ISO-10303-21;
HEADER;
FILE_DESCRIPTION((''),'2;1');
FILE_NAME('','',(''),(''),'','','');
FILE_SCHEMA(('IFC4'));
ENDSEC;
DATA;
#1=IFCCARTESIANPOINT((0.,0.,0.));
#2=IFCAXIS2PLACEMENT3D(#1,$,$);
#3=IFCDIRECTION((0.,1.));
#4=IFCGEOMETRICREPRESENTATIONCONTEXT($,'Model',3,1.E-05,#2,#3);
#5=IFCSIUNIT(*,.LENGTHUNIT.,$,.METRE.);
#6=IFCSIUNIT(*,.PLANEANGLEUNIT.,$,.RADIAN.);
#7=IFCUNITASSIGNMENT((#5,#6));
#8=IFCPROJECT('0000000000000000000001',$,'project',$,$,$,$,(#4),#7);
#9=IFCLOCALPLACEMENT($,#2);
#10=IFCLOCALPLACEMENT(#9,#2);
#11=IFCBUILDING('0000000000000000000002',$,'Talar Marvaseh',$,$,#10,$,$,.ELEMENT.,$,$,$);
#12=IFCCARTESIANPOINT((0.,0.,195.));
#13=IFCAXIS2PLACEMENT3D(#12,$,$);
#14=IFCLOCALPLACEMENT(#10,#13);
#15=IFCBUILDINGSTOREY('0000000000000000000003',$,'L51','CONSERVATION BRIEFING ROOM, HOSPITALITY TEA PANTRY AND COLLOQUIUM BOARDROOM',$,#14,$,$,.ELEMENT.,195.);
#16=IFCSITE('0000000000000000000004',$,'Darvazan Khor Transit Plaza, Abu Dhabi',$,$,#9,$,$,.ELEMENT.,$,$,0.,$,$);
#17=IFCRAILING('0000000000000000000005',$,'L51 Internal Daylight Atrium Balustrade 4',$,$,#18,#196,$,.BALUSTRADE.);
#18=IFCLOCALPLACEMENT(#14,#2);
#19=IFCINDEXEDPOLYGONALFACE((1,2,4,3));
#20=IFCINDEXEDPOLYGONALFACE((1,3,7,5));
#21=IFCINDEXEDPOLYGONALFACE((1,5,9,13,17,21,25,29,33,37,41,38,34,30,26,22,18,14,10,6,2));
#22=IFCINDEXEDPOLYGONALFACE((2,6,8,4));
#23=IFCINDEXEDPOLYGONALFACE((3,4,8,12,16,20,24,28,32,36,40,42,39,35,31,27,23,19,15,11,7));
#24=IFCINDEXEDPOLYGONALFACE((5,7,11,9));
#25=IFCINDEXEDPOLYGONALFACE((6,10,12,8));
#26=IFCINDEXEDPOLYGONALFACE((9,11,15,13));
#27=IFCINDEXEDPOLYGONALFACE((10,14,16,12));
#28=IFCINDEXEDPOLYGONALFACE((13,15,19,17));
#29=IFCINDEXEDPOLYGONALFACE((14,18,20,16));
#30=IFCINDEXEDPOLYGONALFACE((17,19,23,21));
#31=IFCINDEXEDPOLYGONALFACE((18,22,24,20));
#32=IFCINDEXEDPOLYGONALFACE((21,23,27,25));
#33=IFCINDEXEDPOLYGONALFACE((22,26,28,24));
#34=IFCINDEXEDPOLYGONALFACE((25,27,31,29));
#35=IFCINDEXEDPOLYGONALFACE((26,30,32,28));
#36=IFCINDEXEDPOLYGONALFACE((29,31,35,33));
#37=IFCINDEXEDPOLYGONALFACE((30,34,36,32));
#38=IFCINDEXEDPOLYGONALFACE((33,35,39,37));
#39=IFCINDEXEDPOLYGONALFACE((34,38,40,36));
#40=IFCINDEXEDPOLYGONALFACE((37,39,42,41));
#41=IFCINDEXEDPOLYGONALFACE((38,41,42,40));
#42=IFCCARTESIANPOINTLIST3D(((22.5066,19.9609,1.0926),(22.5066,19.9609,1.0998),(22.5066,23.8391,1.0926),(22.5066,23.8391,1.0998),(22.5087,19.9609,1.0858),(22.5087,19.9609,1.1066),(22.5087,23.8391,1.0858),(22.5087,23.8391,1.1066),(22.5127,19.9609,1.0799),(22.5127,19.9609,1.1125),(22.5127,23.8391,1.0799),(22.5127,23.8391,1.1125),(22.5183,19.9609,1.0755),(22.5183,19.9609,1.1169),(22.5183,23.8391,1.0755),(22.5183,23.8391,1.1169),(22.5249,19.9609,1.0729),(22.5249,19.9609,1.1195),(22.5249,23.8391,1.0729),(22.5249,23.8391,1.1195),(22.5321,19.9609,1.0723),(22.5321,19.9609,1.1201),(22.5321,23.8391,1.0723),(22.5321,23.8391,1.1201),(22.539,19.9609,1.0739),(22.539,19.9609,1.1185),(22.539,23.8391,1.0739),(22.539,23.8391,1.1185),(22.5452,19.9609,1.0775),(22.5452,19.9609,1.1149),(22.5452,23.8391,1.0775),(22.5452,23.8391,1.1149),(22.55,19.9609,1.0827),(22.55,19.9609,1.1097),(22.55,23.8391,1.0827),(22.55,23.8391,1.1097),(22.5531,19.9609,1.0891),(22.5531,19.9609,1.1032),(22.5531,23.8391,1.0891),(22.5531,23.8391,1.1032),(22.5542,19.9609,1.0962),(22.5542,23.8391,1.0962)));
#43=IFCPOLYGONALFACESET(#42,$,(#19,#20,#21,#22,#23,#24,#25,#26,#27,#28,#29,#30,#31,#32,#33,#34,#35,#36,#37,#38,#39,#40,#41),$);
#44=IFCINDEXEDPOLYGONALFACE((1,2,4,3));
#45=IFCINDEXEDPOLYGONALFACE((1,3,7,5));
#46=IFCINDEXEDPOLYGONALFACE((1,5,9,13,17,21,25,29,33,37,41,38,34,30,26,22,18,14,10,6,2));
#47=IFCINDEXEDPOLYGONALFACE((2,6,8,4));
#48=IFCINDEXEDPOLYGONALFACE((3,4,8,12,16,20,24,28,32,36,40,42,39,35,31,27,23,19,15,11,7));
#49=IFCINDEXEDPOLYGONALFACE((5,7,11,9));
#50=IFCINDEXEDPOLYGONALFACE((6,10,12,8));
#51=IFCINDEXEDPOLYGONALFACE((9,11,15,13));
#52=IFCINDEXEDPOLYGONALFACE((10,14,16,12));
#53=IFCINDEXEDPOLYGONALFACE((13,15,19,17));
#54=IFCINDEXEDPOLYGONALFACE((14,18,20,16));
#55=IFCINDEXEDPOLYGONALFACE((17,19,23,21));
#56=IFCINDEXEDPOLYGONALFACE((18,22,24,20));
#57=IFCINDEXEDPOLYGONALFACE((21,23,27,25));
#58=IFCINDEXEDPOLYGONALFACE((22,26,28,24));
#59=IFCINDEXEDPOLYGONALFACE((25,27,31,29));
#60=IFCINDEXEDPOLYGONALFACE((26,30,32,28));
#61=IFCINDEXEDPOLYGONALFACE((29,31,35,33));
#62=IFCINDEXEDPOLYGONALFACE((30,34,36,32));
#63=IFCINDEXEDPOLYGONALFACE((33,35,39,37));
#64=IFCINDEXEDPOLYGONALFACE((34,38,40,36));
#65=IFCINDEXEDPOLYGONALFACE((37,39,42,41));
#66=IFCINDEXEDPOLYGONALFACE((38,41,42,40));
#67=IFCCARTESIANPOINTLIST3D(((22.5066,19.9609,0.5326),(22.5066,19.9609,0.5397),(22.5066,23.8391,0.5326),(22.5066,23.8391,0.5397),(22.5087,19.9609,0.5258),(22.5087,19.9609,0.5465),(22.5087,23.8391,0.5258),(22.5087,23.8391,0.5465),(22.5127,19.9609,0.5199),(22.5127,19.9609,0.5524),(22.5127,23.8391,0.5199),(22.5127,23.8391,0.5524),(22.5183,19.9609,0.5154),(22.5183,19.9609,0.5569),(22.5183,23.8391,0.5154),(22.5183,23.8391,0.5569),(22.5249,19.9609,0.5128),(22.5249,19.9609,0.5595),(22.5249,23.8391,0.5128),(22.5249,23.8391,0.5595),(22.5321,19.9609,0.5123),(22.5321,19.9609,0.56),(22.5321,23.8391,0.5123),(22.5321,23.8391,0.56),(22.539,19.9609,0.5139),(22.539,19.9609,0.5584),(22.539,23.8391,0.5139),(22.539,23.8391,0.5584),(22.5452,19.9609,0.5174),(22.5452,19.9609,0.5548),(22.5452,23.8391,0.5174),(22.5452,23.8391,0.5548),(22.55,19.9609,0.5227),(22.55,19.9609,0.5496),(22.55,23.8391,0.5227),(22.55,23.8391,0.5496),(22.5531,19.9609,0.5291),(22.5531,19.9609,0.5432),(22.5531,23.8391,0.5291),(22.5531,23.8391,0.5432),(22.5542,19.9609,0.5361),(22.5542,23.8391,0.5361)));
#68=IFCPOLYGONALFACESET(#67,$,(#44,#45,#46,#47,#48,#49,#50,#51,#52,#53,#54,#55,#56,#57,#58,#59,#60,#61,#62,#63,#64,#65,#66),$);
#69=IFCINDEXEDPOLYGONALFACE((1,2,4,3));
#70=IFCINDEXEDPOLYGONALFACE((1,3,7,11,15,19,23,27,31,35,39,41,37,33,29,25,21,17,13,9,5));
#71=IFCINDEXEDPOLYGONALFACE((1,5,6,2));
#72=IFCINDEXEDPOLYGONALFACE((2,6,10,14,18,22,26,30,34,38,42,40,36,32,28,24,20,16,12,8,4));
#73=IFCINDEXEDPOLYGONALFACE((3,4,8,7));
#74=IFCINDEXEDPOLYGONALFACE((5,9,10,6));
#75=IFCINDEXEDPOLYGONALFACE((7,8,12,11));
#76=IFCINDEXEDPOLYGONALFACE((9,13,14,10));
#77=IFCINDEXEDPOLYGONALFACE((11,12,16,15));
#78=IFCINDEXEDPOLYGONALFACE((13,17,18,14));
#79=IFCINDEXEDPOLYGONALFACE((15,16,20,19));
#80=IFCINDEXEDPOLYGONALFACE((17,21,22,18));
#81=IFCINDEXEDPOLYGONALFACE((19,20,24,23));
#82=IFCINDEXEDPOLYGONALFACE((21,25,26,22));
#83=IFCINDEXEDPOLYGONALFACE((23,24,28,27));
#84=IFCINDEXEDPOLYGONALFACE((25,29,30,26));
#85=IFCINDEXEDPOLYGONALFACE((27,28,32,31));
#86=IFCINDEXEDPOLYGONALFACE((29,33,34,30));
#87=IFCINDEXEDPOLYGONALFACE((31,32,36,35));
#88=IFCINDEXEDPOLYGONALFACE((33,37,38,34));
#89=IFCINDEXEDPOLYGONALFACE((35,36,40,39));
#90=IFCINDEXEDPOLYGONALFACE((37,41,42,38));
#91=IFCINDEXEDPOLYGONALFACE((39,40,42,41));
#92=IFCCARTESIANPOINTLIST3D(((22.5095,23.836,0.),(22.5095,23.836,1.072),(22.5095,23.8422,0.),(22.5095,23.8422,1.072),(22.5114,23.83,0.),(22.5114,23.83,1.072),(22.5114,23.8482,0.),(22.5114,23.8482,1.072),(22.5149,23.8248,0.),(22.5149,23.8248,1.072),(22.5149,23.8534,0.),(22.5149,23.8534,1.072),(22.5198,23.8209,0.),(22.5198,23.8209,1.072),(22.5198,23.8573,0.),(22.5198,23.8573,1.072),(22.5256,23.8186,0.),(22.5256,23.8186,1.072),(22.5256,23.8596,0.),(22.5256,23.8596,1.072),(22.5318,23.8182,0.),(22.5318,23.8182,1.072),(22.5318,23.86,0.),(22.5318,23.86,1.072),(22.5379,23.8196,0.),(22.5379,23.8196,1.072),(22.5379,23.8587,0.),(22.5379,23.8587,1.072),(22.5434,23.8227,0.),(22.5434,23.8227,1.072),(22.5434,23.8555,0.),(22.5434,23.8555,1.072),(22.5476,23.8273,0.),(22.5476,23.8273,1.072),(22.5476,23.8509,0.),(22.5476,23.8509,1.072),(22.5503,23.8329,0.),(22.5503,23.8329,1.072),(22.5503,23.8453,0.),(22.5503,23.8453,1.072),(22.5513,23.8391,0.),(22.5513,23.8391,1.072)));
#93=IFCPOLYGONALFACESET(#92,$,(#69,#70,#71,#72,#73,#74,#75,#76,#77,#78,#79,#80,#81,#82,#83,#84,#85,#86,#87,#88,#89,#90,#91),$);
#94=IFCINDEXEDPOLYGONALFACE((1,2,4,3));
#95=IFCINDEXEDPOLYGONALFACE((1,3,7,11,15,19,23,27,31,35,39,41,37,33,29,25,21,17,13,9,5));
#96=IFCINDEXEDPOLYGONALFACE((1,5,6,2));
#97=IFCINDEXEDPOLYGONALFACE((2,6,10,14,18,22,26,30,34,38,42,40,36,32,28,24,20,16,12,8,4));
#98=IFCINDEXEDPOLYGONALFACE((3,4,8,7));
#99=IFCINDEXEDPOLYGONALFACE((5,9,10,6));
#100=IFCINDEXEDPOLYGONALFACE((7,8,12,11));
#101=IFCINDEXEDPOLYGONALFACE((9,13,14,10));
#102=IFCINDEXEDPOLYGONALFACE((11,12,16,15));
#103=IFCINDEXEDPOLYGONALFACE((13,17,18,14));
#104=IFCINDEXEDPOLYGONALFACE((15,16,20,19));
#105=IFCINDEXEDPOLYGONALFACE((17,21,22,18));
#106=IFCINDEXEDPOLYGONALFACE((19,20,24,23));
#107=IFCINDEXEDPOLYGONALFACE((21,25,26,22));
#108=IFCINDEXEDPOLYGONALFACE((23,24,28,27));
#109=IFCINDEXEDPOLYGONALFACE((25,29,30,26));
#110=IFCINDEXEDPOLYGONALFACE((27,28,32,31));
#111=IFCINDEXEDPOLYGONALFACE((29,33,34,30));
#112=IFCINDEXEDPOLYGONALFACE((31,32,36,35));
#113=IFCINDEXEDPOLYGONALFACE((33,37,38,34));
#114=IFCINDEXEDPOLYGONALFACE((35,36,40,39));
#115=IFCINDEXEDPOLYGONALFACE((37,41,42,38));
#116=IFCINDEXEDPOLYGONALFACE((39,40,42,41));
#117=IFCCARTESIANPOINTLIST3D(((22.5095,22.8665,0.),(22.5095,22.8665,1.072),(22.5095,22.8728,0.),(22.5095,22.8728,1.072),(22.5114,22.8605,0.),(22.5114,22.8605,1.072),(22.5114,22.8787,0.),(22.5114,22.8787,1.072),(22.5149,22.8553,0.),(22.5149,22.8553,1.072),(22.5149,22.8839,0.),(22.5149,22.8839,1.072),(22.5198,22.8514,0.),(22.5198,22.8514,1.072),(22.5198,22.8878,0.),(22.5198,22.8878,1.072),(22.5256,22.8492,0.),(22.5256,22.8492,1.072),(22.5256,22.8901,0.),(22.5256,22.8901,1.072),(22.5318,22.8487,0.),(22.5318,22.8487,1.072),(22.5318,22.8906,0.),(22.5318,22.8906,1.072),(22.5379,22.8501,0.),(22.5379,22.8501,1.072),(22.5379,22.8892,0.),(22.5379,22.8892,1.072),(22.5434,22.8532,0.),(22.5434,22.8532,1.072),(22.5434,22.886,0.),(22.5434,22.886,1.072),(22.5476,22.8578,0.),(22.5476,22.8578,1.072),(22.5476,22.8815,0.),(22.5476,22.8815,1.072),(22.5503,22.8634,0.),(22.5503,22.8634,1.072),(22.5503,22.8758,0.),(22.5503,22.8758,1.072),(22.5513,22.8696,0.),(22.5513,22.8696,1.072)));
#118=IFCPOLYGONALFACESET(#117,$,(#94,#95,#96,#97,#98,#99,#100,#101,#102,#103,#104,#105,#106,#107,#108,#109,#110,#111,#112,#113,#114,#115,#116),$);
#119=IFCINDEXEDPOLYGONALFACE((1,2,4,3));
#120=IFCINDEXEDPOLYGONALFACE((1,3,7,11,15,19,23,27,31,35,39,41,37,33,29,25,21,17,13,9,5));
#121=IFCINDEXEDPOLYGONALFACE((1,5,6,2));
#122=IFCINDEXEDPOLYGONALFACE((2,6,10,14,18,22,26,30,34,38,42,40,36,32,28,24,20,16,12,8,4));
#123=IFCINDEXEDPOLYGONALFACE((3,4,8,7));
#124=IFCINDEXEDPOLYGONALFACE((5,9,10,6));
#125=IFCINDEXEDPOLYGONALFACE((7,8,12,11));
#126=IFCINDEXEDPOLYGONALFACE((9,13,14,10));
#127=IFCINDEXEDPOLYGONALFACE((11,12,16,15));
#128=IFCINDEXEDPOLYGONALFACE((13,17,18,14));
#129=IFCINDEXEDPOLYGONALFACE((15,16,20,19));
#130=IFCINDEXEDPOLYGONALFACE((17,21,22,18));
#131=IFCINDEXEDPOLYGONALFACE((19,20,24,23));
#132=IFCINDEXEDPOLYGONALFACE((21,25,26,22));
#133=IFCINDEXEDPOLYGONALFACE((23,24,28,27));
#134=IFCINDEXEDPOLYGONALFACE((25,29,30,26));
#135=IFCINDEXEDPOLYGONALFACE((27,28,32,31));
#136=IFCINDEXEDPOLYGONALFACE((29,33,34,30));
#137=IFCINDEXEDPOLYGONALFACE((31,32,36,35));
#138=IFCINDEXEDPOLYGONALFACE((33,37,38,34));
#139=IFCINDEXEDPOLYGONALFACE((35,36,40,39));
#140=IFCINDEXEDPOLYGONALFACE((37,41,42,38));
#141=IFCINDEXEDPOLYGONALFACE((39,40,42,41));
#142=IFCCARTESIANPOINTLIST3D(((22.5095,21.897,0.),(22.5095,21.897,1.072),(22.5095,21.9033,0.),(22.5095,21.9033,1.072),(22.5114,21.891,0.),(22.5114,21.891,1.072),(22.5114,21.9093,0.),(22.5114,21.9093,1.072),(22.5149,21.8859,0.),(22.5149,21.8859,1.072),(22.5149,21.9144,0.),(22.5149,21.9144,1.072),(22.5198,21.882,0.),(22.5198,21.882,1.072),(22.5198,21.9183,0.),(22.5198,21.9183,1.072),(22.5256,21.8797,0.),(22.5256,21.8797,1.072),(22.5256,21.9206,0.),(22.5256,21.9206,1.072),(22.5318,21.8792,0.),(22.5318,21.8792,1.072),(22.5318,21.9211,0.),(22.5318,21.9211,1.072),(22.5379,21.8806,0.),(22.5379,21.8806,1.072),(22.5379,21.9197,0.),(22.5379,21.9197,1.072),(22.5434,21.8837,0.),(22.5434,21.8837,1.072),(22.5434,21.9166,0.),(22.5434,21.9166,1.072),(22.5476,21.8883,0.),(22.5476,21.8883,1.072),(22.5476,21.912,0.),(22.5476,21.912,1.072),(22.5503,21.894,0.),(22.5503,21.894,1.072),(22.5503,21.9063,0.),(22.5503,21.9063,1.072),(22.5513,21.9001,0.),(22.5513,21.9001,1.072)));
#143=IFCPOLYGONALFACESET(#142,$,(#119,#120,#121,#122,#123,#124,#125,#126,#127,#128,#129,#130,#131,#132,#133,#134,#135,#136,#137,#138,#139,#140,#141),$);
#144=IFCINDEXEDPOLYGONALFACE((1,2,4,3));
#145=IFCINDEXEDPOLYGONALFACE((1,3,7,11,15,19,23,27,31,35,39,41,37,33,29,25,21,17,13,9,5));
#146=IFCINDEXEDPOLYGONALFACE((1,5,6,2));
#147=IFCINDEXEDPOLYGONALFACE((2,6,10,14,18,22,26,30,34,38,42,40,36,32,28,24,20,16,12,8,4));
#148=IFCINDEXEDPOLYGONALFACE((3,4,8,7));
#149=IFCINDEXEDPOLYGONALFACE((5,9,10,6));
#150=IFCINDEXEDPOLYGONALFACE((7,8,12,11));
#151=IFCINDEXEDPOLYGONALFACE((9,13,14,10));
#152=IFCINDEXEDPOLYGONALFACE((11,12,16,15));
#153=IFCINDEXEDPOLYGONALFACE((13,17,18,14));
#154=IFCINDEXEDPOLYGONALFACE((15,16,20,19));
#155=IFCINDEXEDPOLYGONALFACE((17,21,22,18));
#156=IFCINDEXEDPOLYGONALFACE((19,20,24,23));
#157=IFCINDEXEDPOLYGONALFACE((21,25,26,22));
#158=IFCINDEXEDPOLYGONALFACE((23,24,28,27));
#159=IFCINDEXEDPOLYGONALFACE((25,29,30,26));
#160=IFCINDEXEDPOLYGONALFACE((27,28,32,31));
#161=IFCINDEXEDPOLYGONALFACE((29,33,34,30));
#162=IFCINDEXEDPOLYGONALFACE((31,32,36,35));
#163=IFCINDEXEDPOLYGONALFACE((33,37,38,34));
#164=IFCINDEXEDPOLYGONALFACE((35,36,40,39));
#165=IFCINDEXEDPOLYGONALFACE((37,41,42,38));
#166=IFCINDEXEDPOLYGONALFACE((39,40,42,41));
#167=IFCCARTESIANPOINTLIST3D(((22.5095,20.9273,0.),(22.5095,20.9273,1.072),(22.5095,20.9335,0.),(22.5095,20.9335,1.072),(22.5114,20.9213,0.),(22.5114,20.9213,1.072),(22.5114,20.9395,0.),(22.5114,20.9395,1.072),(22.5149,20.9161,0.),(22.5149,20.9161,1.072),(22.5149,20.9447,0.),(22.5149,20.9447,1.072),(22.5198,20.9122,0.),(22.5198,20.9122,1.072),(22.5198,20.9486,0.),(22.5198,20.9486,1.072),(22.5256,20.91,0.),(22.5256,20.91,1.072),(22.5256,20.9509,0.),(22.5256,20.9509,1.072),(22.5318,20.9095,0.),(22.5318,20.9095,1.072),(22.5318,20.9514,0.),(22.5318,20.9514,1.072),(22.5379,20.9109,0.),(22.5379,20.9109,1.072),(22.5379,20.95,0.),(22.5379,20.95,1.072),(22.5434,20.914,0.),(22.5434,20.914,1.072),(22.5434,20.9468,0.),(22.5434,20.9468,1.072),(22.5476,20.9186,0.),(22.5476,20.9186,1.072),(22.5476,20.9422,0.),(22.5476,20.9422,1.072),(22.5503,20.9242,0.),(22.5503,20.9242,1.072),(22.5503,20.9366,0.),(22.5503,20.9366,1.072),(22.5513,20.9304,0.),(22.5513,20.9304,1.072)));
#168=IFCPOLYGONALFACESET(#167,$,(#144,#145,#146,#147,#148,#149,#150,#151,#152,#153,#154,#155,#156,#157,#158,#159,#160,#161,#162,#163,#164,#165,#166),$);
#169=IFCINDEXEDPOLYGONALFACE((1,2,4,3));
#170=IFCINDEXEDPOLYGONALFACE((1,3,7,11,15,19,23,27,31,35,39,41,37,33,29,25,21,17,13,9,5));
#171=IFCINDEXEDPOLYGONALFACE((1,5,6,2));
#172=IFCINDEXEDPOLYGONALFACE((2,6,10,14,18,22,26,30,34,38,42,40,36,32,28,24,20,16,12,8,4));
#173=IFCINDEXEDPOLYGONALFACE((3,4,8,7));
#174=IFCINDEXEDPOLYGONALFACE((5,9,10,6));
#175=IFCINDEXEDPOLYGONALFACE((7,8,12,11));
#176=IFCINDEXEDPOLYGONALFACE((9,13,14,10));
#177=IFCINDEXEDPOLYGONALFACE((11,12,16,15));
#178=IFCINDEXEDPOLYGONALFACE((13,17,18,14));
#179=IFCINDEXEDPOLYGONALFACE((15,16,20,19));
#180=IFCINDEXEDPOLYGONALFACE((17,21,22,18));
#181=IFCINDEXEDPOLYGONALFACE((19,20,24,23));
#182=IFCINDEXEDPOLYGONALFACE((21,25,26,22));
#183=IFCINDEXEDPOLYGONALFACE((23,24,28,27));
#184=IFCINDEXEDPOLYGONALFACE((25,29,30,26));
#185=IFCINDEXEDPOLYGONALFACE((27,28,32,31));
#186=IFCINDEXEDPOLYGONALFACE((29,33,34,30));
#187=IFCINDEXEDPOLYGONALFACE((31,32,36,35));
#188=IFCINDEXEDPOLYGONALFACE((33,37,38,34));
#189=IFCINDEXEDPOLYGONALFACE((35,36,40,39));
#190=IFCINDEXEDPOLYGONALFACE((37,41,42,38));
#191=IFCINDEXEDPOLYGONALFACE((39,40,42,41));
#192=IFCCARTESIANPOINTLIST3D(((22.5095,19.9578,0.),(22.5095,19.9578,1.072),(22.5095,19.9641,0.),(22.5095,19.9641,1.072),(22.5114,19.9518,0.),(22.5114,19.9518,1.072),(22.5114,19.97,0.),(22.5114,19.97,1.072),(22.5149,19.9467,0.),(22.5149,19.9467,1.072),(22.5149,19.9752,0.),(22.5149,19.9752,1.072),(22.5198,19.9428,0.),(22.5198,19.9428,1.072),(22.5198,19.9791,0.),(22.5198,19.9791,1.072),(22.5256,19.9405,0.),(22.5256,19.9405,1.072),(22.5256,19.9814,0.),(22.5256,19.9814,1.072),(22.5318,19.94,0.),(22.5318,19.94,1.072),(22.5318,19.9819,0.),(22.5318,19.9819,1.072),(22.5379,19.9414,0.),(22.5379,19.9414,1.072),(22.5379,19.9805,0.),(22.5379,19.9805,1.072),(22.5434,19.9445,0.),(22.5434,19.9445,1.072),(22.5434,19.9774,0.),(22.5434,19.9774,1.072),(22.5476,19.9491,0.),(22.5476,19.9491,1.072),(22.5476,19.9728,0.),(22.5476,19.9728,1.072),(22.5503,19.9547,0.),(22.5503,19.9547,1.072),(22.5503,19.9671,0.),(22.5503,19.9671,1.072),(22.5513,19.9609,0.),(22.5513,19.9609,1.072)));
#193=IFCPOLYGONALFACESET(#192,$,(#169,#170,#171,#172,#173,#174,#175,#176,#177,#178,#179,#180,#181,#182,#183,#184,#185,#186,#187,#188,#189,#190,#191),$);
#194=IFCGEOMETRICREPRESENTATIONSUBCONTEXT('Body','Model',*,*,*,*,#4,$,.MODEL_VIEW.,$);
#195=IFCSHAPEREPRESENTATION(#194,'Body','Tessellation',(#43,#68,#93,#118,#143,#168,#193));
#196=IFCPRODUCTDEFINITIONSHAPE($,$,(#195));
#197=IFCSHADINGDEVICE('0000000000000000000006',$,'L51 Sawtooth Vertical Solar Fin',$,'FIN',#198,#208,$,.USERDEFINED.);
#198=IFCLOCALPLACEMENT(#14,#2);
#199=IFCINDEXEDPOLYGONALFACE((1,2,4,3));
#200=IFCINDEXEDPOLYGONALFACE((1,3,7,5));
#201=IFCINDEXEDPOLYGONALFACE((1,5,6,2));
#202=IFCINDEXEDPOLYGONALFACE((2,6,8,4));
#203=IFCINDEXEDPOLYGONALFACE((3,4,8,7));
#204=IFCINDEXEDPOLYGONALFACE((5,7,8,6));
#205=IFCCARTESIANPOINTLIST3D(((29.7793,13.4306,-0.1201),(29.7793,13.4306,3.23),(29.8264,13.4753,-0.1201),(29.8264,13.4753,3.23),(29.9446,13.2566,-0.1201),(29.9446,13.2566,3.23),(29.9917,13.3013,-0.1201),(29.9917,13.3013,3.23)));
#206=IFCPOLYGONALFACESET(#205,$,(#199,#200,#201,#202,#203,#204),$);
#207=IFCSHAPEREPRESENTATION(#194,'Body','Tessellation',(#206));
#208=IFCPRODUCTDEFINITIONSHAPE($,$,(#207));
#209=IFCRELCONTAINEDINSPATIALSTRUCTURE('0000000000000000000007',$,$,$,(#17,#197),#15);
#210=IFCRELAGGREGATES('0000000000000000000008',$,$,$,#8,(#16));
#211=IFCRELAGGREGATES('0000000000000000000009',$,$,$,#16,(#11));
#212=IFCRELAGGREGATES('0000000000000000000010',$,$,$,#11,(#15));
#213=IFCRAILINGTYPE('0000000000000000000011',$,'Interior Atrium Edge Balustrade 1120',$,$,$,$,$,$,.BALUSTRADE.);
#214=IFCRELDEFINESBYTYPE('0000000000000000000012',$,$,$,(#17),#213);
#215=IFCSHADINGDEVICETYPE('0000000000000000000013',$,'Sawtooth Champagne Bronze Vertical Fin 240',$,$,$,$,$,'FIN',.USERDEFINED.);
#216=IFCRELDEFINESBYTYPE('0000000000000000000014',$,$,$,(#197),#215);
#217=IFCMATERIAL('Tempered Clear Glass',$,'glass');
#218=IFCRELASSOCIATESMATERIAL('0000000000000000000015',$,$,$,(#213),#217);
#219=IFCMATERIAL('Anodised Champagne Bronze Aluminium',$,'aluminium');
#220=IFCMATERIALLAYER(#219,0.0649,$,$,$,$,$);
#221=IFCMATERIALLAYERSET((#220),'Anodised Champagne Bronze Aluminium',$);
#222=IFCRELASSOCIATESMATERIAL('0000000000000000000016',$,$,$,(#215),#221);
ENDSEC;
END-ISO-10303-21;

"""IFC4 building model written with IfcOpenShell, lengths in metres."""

from ifc_helpers import new_model, si_unit, direction, frame, origin, origin_2d, place, context, subcontext, project, spatial, rectangle, circle, extrude, source, transform, mapped, material, layer, layer_set, type_object, type_shapes, element, save


model = new_model("IFC4")

# Units and contexts
model_context = context("Model", 3, precision=1e-05, world=origin(), true_north=direction((0.0, 1.0)))
body_context = subcontext(model_context, "Body", "Model", "MODEL_VIEW")
ifc_project = project(units=[si_unit("LENGTHUNIT", "METRE"), si_unit("PLANEANGLEUNIT", "RADIAN")], contexts=[model_context])

# Site, building, storey
site_placement = place(None, origin())
site = spatial("IfcSite", under=ifc_project, at=site_placement, Name="Darvazan Khor Transit Plaza, Abu Dhabi", CompositionType="ELEMENT", RefElevation=0.0)
building_placement = place(site_placement, origin())
building = spatial("IfcBuilding", under=site, at=building_placement, Name="Talar Marvaseh", CompositionType="ELEMENT")
storey_placement = place(building_placement, frame((0.0, 0.0, 195.0)))
storey = spatial("IfcBuildingStorey", under=building, at=storey_placement, Name="L51", Description="CONSERVATION BRIEFING ROOM, HOSPITALITY TEA PANTRY AND COLLOQUIUM BOARDROOM", CompositionType="ELEMENT", Elevation=195.0)

# Railing
ifc_material_1 = material(Name="Tempered Clear Glass", Category="glass")
railing_type = type_object("IfcRailingType", Name="Interior Atrium Edge Balustrade 1120", PredefinedType="BALUSTRADE", material=ifc_material_1)
railing_1_placement = place(storey_placement, frame((22.5303, 23.8391, 0.0)))
element("IfcRailing", 1, at=railing_1_placement, inside=storey, type_object=railing_type, Name="L51 Internal Daylight Atrium Balustrade 4", PredefinedType="BALUSTRADE", context=body_context, shape_type="SweptSolid", body=[
    extrude(circle(Radius=0.0239, at=origin_2d()), frame((0.0, 0.0, 1.0962), z_axis=(0.0, -1.0, 0.0), x_axis=(1.0, 0.0, 0.0)), (0.0, 0.0, 1.0), 3.8782),
    extrude(circle(Radius=0.0239, at=origin_2d()), frame((0.0, 0.0, 0.5361), z_axis=(0.0, -1.0, 0.0), x_axis=(1.0, 0.0, 0.0)), (0.0, 0.0, 1.0), 3.8782),
    extrude(circle(Radius=0.021, at=origin_2d()), origin(), (0.0, 0.0, 1.0), 1.072),
    extrude(circle(Radius=0.021, at=origin_2d()), frame((0.0, -0.9695, 0.0)), (0.0, 0.0, 1.0), 1.072),
    extrude(circle(Radius=0.021, at=origin_2d()), frame((0.0, -1.939, 0.0)), (0.0, 0.0, 1.0), 1.072),
    extrude(circle(Radius=0.021, at=origin_2d()), frame((0.0, -2.9087, 0.0)), (0.0, 0.0, 1.0), 1.072),
    extrude(circle(Radius=0.021, at=origin_2d()), frame((0.0, -3.8782, 0.0)), (0.0, 0.0, 1.0), 1.072),
])

# Shading device
ifc_material_2 = material(Name="Anodised Champagne Bronze Aluminium", Category="aluminium")
ifc_layer_1 = layer(ifc_material_2, 0.0649)
ifc_layer_set_1 = layer_set([ifc_layer_1], Name="Anodised Champagne Bronze Aluminium")
shading_device_type = type_object("IfcShadingDeviceType", Name="Sawtooth Champagne Bronze Vertical Fin 240", ElementType="FIN", PredefinedType="USERDEFINED", material=ifc_layer_set_1)
shared_shape_1 = source(origin(), body_context, "Body", "SweptSolid", [
    extrude(rectangle(XDim=0.24, YDim=0.0649, at=origin_2d()), origin(), (0.0, 0.0, 1.0), 3.3501),
])
type_shapes(shading_device_type, [shared_shape_1])
for number, where, z_axis, x_axis, name in (
    (2, (29.8855, 13.366, -0.1201), (0.0, 0.0, 1.0), (0.688481, -0.725254, 0.0), "L51 Sawtooth Vertical Solar Fin"),
):
    element("IfcShadingDevice", number, at=place(storey_placement, frame(where, z_axis=z_axis, x_axis=x_axis)), inside=storey, type_object=shading_device_type, Name=name, ObjectType="FIN", PredefinedType="USERDEFINED", context=body_context, shape_type="MappedRepresentation", body=[
        mapped(shared_shape_1, transform((0.0, 0.0, 0.0), x_axis=(1.0, 0.0, 0.0), y_axis=(0.0, 1.0, 0.0), z_axis=(0.0, 0.0, 1.0), scale=1.0)),
    ])

save(model, "model.ifc")
